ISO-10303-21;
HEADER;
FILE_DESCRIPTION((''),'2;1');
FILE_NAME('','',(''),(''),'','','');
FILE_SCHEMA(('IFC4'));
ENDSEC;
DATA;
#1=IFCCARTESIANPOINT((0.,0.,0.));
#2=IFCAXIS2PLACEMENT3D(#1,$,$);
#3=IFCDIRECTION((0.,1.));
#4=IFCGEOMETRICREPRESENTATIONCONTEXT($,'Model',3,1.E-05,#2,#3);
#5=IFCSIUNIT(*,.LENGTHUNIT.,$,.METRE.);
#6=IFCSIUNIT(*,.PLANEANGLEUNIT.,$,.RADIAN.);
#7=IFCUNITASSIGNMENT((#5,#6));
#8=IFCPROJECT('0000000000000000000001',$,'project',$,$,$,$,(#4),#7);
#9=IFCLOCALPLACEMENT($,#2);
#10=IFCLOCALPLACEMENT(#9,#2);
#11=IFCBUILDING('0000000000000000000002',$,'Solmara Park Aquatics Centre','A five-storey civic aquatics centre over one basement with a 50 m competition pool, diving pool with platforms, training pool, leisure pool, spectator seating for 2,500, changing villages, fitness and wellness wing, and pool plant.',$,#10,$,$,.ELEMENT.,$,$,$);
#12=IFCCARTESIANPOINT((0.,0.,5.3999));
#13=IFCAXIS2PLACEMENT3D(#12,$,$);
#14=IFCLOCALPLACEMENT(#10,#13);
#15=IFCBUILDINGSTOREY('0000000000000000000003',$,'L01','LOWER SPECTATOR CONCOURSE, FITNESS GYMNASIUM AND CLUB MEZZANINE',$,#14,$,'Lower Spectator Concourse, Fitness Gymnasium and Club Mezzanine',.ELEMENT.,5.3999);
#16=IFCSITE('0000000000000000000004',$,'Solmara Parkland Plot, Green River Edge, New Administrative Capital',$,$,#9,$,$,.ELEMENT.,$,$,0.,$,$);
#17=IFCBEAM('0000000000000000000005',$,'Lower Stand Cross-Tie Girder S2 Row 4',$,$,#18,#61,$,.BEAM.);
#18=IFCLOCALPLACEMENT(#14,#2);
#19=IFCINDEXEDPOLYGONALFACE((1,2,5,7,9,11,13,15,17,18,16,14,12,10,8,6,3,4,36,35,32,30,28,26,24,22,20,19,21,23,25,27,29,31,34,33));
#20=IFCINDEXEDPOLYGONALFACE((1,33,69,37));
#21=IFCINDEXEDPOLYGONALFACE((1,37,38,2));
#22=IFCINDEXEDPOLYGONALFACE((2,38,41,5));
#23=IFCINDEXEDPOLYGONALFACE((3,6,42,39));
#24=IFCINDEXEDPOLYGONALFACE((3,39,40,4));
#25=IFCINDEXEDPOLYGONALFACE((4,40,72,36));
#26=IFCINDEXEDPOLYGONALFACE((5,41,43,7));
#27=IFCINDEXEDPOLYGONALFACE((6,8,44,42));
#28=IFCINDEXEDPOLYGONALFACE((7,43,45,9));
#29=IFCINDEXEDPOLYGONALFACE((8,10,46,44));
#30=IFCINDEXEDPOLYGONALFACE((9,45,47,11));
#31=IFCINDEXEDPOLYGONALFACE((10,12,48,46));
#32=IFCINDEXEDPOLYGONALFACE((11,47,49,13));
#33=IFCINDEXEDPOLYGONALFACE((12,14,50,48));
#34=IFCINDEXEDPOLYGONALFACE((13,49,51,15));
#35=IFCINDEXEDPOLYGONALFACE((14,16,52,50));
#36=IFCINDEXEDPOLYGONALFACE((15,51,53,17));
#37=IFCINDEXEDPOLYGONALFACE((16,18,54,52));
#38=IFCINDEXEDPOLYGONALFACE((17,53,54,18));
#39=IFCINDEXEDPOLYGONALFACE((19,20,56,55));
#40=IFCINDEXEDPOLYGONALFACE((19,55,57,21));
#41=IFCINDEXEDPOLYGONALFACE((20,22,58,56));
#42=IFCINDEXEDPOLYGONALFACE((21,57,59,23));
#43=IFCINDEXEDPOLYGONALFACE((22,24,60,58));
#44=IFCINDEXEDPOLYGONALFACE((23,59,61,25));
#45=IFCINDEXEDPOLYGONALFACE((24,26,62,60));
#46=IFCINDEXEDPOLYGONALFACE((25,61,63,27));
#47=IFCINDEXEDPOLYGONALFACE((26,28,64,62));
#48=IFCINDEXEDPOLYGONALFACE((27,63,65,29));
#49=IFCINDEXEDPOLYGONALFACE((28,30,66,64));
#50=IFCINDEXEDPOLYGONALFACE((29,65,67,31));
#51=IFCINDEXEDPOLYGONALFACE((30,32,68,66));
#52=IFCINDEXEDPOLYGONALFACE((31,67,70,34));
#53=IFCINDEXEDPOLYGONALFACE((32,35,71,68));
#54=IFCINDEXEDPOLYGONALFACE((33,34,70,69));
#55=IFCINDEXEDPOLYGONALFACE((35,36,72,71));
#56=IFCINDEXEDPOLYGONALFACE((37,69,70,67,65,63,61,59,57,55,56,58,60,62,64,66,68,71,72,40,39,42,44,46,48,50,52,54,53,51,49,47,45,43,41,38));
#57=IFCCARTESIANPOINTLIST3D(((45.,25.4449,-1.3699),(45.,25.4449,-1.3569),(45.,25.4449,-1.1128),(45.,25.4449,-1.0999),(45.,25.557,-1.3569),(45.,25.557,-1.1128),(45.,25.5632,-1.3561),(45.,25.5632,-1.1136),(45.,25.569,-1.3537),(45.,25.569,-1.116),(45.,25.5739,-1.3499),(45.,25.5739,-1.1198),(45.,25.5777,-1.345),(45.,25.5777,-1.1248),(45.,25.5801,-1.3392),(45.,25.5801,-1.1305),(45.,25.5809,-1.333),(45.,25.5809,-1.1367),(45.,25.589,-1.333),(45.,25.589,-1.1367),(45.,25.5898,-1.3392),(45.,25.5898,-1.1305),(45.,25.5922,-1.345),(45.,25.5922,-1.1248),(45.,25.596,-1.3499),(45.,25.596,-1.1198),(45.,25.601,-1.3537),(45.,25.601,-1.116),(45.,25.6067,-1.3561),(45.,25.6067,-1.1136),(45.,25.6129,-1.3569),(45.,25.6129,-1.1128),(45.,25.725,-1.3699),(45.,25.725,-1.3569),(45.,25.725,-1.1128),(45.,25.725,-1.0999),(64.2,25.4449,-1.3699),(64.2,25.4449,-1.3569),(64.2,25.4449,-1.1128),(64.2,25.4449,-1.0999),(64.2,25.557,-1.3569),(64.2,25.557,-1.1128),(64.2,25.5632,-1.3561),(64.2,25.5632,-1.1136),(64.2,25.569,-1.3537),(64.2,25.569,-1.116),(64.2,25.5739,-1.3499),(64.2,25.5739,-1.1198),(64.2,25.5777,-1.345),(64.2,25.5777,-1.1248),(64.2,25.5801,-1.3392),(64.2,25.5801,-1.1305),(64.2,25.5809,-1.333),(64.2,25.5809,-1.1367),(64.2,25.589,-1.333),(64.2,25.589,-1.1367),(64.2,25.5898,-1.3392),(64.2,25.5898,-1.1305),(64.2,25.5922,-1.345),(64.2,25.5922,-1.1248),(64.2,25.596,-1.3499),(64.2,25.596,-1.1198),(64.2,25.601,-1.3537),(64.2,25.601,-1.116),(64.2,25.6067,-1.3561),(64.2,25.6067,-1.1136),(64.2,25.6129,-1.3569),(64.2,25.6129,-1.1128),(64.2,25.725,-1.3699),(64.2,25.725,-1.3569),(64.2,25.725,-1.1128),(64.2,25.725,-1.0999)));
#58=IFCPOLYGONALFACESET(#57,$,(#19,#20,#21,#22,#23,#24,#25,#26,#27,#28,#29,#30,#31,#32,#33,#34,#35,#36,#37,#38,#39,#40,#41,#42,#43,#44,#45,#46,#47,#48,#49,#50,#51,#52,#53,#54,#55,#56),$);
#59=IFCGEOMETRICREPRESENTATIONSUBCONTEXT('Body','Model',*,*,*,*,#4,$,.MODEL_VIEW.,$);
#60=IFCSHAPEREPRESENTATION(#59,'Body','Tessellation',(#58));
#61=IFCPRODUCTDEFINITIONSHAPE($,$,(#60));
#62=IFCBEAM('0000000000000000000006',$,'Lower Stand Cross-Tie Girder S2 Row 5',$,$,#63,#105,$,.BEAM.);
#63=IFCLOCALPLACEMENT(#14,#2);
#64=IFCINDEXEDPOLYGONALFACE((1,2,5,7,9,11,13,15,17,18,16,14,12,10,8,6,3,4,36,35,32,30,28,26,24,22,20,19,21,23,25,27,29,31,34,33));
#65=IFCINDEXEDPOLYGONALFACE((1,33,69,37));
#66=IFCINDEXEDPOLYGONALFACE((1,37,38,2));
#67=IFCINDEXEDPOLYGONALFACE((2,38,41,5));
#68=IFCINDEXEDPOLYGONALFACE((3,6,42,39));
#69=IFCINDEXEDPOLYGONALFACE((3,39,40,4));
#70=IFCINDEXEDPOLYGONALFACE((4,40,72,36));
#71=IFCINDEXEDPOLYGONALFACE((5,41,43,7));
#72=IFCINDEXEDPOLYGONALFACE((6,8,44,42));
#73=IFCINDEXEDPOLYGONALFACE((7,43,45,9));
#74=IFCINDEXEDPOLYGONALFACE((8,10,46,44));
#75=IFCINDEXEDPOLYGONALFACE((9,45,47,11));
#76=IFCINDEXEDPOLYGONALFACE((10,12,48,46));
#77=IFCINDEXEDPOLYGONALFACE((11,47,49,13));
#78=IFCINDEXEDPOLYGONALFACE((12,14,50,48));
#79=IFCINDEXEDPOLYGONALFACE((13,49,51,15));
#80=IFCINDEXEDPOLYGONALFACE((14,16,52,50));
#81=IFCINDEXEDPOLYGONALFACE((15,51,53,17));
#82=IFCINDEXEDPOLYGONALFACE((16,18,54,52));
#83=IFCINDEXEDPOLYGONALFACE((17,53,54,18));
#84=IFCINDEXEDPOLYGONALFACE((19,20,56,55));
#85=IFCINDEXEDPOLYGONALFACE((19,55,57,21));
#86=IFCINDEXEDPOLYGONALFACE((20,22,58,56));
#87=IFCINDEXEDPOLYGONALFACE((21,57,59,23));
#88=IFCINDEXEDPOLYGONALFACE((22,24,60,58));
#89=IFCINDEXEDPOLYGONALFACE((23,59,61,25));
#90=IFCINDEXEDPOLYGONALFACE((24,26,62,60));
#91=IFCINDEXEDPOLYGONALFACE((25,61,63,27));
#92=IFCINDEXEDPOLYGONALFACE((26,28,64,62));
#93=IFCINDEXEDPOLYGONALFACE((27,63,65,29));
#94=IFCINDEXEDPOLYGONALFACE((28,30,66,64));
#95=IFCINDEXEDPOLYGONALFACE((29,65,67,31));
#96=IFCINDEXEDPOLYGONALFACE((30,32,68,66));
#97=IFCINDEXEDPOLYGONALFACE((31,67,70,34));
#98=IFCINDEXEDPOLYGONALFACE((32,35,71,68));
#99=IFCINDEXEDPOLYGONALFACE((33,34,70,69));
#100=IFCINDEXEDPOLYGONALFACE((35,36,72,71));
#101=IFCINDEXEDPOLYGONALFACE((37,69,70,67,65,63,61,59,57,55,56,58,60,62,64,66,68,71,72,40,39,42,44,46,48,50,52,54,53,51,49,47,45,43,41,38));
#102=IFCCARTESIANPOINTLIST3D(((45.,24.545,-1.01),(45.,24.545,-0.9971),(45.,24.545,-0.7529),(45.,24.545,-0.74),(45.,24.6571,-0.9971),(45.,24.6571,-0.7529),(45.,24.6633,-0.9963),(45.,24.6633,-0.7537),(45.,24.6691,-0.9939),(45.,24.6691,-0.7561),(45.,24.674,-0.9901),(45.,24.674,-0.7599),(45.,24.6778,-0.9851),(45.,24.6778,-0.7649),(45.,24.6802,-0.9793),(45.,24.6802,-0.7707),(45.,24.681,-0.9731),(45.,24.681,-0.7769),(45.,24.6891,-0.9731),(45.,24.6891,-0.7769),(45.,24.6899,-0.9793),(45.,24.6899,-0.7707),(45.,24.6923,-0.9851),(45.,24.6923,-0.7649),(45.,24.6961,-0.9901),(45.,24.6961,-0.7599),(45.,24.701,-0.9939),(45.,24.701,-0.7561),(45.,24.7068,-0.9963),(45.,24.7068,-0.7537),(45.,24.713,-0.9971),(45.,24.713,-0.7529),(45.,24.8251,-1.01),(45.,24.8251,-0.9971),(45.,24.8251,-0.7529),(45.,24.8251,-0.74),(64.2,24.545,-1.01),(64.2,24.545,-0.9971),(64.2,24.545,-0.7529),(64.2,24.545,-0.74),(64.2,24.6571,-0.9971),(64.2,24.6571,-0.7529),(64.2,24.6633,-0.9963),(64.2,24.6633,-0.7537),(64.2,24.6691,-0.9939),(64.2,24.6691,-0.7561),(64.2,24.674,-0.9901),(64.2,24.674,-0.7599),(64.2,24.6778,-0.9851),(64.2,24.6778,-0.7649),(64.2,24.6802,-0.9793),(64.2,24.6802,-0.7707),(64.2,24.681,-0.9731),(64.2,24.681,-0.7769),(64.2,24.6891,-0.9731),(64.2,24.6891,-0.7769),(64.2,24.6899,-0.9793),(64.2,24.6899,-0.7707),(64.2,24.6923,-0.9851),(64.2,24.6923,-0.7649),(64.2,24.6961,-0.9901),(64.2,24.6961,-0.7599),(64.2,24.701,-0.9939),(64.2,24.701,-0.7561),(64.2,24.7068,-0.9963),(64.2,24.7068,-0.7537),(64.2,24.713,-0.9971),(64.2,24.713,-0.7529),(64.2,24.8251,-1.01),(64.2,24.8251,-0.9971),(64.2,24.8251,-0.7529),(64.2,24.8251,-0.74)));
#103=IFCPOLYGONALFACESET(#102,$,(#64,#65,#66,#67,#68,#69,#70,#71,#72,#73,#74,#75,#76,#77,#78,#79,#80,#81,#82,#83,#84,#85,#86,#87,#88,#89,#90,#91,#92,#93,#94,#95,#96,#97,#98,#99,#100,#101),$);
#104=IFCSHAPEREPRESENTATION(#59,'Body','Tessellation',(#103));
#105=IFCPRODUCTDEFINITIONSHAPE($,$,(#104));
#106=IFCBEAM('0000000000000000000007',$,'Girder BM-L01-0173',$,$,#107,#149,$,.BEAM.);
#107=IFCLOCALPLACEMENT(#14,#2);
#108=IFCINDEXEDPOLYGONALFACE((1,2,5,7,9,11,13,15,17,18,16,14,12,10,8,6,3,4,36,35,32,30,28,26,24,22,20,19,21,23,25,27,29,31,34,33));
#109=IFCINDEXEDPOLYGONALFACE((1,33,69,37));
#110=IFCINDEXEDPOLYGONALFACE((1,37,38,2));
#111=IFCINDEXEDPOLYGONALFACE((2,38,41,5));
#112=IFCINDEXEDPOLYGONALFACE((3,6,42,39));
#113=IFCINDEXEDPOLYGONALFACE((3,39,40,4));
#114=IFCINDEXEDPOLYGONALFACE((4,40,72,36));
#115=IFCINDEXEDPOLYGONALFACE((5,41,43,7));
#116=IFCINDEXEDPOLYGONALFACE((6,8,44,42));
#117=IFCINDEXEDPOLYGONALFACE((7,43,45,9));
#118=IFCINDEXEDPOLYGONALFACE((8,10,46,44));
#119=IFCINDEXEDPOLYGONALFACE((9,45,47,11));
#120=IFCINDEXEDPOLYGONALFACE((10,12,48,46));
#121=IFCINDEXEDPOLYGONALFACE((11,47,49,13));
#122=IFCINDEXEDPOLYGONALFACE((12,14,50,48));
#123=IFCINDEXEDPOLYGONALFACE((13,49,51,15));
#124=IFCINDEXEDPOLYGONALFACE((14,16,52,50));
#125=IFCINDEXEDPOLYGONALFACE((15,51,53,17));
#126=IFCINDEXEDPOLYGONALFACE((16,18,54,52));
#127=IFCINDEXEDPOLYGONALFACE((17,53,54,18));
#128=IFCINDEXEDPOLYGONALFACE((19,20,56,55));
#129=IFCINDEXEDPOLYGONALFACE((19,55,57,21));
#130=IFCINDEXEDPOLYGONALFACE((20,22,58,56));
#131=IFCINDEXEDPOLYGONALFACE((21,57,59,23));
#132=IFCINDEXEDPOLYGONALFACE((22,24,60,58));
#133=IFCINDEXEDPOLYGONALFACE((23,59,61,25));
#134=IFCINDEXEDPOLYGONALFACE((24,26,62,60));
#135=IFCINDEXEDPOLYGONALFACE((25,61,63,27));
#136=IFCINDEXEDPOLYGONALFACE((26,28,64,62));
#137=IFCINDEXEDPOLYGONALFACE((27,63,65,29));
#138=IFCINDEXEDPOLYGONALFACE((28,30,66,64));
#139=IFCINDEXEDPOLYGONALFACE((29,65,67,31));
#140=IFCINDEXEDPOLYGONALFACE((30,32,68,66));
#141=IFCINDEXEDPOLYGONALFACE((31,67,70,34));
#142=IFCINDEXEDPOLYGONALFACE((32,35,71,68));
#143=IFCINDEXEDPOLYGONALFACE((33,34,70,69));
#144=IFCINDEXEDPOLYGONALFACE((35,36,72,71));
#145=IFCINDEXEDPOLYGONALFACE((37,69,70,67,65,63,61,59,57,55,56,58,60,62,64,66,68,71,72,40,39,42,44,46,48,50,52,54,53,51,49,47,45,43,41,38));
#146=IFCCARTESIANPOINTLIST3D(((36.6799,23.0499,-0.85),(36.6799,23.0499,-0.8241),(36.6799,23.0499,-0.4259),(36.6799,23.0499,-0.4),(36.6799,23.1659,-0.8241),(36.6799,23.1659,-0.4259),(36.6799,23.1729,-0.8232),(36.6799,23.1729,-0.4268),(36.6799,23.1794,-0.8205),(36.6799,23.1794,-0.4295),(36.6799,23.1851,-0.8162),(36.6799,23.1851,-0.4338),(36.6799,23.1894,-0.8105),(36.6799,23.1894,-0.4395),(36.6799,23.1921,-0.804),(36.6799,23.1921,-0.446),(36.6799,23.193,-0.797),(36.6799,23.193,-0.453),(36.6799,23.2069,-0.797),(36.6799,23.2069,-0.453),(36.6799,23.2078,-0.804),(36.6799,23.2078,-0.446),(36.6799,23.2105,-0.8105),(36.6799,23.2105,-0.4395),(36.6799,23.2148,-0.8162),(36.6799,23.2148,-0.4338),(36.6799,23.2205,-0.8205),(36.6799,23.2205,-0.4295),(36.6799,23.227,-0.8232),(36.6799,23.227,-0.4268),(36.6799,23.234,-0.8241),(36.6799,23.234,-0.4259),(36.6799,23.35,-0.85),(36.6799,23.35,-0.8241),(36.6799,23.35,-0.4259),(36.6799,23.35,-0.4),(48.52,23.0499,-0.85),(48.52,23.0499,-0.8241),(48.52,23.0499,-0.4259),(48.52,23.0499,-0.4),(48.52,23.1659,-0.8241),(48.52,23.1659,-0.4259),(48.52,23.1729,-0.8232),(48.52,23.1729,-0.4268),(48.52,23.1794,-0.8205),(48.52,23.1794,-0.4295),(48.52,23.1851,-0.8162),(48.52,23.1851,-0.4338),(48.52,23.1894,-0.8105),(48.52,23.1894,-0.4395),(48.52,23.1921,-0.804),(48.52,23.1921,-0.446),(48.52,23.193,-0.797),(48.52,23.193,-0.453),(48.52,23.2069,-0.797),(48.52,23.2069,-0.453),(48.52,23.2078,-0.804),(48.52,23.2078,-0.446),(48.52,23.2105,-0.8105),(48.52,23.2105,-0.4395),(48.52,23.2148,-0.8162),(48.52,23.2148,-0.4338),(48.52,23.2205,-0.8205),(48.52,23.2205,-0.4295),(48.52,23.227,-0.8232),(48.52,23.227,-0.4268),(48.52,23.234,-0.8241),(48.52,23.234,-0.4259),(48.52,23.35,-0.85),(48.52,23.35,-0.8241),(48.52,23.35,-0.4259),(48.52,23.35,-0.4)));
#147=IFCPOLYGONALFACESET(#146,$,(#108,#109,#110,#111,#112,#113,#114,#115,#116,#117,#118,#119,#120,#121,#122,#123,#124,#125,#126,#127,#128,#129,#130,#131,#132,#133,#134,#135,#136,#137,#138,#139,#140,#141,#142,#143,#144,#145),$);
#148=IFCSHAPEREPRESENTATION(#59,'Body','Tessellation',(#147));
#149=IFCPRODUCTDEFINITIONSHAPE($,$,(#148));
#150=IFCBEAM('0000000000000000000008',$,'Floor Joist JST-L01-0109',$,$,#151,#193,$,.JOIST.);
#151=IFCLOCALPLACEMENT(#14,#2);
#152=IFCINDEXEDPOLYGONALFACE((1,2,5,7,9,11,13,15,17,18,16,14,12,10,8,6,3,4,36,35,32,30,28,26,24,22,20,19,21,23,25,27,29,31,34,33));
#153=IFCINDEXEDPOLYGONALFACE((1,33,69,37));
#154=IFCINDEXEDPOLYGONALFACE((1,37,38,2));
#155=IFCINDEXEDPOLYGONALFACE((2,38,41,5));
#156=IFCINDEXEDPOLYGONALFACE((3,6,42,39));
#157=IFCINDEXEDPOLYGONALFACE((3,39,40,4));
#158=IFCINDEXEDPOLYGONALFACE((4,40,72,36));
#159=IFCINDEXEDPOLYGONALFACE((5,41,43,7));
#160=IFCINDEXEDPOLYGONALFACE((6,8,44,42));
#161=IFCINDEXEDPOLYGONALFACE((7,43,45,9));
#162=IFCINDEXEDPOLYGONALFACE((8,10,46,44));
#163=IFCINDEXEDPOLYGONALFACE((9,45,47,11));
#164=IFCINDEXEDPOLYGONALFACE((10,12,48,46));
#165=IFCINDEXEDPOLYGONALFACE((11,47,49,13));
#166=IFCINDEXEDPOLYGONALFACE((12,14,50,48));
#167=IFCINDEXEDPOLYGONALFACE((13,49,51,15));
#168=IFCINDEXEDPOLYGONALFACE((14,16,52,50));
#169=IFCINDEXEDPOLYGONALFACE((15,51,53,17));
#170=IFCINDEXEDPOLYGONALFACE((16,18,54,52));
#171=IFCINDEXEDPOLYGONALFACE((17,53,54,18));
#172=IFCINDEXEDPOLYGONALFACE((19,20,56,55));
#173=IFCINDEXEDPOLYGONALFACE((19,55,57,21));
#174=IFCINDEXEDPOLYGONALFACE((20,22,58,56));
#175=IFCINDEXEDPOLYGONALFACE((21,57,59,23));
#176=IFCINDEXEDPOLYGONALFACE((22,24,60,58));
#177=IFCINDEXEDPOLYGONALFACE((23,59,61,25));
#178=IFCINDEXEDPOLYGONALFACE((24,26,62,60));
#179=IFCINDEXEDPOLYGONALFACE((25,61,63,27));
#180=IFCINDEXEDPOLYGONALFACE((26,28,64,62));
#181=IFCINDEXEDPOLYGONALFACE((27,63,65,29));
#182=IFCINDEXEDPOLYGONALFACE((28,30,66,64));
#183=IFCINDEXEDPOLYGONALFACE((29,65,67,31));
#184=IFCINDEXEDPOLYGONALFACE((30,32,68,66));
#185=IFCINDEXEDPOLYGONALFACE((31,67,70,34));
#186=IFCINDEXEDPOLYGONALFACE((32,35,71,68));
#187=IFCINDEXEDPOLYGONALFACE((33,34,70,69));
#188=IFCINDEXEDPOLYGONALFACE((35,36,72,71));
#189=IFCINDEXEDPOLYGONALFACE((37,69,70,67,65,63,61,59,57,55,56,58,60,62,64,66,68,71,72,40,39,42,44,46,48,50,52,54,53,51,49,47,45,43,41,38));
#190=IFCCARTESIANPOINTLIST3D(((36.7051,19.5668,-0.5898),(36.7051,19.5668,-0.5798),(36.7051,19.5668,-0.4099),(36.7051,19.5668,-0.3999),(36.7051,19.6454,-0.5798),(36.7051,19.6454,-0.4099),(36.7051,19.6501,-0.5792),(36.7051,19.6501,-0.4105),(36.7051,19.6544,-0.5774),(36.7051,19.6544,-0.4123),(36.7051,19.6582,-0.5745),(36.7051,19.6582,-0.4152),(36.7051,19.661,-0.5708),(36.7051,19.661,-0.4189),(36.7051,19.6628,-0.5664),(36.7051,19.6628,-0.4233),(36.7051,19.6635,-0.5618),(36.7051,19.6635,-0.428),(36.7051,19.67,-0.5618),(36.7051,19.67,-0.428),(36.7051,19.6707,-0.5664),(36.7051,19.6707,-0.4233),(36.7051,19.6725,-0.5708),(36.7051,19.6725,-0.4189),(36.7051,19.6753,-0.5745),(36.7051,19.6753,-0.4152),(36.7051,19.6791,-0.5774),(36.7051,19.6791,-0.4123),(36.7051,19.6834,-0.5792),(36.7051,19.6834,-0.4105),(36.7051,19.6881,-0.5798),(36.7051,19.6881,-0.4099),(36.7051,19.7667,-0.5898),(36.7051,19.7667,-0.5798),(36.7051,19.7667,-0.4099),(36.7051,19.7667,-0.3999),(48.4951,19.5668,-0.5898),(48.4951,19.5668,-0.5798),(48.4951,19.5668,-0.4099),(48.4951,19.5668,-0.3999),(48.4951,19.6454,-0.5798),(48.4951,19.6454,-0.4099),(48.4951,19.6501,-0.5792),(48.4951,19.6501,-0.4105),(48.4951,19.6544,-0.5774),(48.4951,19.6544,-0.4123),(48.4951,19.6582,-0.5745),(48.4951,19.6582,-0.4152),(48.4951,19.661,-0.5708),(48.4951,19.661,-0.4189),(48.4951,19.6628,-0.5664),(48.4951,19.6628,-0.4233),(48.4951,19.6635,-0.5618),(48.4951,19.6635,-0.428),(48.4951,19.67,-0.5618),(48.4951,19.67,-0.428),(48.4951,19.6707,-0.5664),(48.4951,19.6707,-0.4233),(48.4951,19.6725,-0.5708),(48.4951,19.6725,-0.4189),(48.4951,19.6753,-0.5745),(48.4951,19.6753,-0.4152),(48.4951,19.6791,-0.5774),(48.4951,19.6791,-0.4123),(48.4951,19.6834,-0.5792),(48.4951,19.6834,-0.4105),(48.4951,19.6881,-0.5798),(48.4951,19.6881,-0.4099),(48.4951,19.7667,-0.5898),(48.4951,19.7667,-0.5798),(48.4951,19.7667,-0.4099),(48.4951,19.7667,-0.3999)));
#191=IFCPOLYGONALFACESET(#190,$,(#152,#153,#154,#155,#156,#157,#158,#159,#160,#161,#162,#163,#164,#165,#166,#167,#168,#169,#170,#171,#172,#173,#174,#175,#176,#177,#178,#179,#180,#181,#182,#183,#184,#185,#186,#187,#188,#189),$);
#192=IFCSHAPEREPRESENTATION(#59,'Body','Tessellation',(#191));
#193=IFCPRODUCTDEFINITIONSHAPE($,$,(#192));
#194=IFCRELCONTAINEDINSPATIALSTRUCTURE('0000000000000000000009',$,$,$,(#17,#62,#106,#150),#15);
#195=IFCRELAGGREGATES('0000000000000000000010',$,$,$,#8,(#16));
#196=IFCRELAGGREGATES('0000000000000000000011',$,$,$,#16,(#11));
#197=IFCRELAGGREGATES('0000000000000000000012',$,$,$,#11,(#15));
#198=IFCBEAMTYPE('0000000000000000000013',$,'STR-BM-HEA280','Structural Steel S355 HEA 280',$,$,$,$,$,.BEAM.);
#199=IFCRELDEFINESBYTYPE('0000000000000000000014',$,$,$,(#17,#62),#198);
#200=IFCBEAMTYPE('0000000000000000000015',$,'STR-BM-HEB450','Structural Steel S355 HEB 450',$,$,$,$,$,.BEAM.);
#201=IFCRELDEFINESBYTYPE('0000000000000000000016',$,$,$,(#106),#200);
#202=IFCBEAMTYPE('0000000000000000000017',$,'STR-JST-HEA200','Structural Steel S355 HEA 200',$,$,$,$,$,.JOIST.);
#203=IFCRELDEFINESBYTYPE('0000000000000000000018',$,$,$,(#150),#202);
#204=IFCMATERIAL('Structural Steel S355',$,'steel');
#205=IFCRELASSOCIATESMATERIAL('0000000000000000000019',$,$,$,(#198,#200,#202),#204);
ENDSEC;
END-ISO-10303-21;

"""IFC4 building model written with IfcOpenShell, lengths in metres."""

from ifc_helpers import new_model, si_unit, direction, frame, origin, origin_2d, place, context, subcontext, project, spatial, i_section, extrude, material, material_profile, profile_set, type_object, element, save


model = new_model("IFC4")

# Units and contexts
model_context = context("Model", 3, precision=1e-05, world=origin(), true_north=direction((0.0, 1.0)))
body_context = subcontext(model_context, "Body", "Model", "MODEL_VIEW")
ifc_project = project(units=[si_unit("LENGTHUNIT", "METRE"), si_unit("PLANEANGLEUNIT", "RADIAN")], contexts=[model_context])

# Site, building, storey
site_placement = place(None, origin())
site = spatial("IfcSite", under=ifc_project, at=site_placement, Name="Solmara Parkland Plot, Green River Edge, New Administrative Capital", CompositionType="ELEMENT", RefElevation=0.0)
building_placement = place(site_placement, origin())
building = spatial("IfcBuilding", under=site, at=building_placement, Name="Solmara Park Aquatics Centre", Description="A five-storey civic aquatics centre over one basement with a 50 m competition pool, diving pool with platforms, training pool, leisure pool, spectator seating for 2,500, changing villages, fitness and wellness wing, and pool plant.", CompositionType="ELEMENT")
storey_placement = place(building_placement, frame((0.0, 0.0, 5.3999)))
storey = spatial("IfcBuildingStorey", under=building, at=storey_placement, Name="L01", Description="LOWER SPECTATOR CONCOURSE, FITNESS GYMNASIUM AND CLUB MEZZANINE", LongName="Lower Spectator Concourse, Fitness Gymnasium and Club Mezzanine", CompositionType="ELEMENT", Elevation=5.3999)

# Shared definitions
ifc_material_1 = material(Name="Structural Steel S355", Category="steel")

# Beams
ifc_material_profile_1 = material_profile(ifc_material_1, i_section(OverallWidth=0.28, OverallDepth=0.27, WebThickness=0.0081, FlangeThickness=0.0129, FilletRadius=0.0239, at=origin_2d()), Name="HEA 280")
ifc_profile_set_1 = profile_set([ifc_material_profile_1], Name="Structural Steel S355")
beam_type_1 = type_object("IfcBeamType", Name="STR-BM-HEA280", Description="Structural Steel S355 HEA 280", PredefinedType="BEAM", material=ifc_profile_set_1)
for number, where, z_axis, x_axis, name in (
    (1, (45.0, 25.585, -1.2349), (1.0, 0.0, 0.0), (0.0, 1.0, 0.0), "Lower Stand Cross-Tie Girder S2 Row 4"),
    (2, (45.0, 24.6851, -0.875), (1.0, 0.0, 0.0), (0.0, 1.0, 0.0), "Lower Stand Cross-Tie Girder S2 Row 5"),
):
    element("IfcBeam", number, at=place(storey_placement, frame(where, z_axis=z_axis, x_axis=x_axis)), inside=storey, type_object=beam_type_1, Name=name, PredefinedType="BEAM", context=body_context, shape_type="SweptSolid", body=[
        extrude(i_section(OverallWidth=0.28, OverallDepth=0.27, WebThickness=0.0081, FlangeThickness=0.0129, FilletRadius=0.0239, at=origin_2d()), origin(), (0.0, 0.0, 1.0), 19.2),
    ])
ifc_material_profile_2 = material_profile(ifc_material_1, i_section(OverallWidth=0.3, OverallDepth=0.45, WebThickness=0.0139, FlangeThickness=0.0259, FilletRadius=0.0271, at=origin_2d()), Name="HEB 450")
ifc_profile_set_2 = profile_set([ifc_material_profile_2], Name="Structural Steel S355")
beam_type_2 = type_object("IfcBeamType", Name="STR-BM-HEB450", Description="Structural Steel S355 HEB 450", PredefinedType="BEAM", material=ifc_profile_set_2)
beam_1_placement = place(storey_placement, frame((36.6799, 23.2, -0.625), z_axis=(1.0, 0.0, 0.0), x_axis=(0.0, 1.0, 0.0)))
element("IfcBeam", 3, at=beam_1_placement, inside=storey, type_object=beam_type_2, Name="Girder BM-L01-0173", PredefinedType="BEAM", context=body_context, shape_type="SweptSolid", body=[
    extrude(i_section(OverallWidth=0.3, OverallDepth=0.45, WebThickness=0.0139, FlangeThickness=0.0259, FilletRadius=0.0271, at=origin_2d()), origin(), (0.0, 0.0, 1.0), 11.8401),
])
ifc_material_profile_3 = material_profile(ifc_material_1, i_section(OverallWidth=0.2, OverallDepth=0.1899, WebThickness=0.0066, FlangeThickness=0.01, FilletRadius=0.0181, at=origin_2d()), Name="HEA 200")
ifc_profile_set_3 = profile_set([ifc_material_profile_3], Name="Structural Steel S355")
beam_type_3 = type_object("IfcBeamType", Name="STR-JST-HEA200", Description="Structural Steel S355 HEA 200", PredefinedType="JOIST", material=ifc_profile_set_3)
beam_2_placement = place(storey_placement, frame((36.7051, 19.6667, -0.4949), z_axis=(1.0, 0.0, 0.0), x_axis=(0.0, 1.0, 0.0)))
element("IfcBeam", 4, at=beam_2_placement, inside=storey, type_object=beam_type_3, Name="Floor Joist JST-L01-0109", PredefinedType="JOIST", context=body_context, shape_type="SweptSolid", body=[
    extrude(i_section(OverallWidth=0.2, OverallDepth=0.1899, WebThickness=0.0066, FlangeThickness=0.01, FilletRadius=0.0181, at=origin_2d()), origin(), (0.0, 0.0, 1.0), 11.79),
])

save(model, "model.ifc")
